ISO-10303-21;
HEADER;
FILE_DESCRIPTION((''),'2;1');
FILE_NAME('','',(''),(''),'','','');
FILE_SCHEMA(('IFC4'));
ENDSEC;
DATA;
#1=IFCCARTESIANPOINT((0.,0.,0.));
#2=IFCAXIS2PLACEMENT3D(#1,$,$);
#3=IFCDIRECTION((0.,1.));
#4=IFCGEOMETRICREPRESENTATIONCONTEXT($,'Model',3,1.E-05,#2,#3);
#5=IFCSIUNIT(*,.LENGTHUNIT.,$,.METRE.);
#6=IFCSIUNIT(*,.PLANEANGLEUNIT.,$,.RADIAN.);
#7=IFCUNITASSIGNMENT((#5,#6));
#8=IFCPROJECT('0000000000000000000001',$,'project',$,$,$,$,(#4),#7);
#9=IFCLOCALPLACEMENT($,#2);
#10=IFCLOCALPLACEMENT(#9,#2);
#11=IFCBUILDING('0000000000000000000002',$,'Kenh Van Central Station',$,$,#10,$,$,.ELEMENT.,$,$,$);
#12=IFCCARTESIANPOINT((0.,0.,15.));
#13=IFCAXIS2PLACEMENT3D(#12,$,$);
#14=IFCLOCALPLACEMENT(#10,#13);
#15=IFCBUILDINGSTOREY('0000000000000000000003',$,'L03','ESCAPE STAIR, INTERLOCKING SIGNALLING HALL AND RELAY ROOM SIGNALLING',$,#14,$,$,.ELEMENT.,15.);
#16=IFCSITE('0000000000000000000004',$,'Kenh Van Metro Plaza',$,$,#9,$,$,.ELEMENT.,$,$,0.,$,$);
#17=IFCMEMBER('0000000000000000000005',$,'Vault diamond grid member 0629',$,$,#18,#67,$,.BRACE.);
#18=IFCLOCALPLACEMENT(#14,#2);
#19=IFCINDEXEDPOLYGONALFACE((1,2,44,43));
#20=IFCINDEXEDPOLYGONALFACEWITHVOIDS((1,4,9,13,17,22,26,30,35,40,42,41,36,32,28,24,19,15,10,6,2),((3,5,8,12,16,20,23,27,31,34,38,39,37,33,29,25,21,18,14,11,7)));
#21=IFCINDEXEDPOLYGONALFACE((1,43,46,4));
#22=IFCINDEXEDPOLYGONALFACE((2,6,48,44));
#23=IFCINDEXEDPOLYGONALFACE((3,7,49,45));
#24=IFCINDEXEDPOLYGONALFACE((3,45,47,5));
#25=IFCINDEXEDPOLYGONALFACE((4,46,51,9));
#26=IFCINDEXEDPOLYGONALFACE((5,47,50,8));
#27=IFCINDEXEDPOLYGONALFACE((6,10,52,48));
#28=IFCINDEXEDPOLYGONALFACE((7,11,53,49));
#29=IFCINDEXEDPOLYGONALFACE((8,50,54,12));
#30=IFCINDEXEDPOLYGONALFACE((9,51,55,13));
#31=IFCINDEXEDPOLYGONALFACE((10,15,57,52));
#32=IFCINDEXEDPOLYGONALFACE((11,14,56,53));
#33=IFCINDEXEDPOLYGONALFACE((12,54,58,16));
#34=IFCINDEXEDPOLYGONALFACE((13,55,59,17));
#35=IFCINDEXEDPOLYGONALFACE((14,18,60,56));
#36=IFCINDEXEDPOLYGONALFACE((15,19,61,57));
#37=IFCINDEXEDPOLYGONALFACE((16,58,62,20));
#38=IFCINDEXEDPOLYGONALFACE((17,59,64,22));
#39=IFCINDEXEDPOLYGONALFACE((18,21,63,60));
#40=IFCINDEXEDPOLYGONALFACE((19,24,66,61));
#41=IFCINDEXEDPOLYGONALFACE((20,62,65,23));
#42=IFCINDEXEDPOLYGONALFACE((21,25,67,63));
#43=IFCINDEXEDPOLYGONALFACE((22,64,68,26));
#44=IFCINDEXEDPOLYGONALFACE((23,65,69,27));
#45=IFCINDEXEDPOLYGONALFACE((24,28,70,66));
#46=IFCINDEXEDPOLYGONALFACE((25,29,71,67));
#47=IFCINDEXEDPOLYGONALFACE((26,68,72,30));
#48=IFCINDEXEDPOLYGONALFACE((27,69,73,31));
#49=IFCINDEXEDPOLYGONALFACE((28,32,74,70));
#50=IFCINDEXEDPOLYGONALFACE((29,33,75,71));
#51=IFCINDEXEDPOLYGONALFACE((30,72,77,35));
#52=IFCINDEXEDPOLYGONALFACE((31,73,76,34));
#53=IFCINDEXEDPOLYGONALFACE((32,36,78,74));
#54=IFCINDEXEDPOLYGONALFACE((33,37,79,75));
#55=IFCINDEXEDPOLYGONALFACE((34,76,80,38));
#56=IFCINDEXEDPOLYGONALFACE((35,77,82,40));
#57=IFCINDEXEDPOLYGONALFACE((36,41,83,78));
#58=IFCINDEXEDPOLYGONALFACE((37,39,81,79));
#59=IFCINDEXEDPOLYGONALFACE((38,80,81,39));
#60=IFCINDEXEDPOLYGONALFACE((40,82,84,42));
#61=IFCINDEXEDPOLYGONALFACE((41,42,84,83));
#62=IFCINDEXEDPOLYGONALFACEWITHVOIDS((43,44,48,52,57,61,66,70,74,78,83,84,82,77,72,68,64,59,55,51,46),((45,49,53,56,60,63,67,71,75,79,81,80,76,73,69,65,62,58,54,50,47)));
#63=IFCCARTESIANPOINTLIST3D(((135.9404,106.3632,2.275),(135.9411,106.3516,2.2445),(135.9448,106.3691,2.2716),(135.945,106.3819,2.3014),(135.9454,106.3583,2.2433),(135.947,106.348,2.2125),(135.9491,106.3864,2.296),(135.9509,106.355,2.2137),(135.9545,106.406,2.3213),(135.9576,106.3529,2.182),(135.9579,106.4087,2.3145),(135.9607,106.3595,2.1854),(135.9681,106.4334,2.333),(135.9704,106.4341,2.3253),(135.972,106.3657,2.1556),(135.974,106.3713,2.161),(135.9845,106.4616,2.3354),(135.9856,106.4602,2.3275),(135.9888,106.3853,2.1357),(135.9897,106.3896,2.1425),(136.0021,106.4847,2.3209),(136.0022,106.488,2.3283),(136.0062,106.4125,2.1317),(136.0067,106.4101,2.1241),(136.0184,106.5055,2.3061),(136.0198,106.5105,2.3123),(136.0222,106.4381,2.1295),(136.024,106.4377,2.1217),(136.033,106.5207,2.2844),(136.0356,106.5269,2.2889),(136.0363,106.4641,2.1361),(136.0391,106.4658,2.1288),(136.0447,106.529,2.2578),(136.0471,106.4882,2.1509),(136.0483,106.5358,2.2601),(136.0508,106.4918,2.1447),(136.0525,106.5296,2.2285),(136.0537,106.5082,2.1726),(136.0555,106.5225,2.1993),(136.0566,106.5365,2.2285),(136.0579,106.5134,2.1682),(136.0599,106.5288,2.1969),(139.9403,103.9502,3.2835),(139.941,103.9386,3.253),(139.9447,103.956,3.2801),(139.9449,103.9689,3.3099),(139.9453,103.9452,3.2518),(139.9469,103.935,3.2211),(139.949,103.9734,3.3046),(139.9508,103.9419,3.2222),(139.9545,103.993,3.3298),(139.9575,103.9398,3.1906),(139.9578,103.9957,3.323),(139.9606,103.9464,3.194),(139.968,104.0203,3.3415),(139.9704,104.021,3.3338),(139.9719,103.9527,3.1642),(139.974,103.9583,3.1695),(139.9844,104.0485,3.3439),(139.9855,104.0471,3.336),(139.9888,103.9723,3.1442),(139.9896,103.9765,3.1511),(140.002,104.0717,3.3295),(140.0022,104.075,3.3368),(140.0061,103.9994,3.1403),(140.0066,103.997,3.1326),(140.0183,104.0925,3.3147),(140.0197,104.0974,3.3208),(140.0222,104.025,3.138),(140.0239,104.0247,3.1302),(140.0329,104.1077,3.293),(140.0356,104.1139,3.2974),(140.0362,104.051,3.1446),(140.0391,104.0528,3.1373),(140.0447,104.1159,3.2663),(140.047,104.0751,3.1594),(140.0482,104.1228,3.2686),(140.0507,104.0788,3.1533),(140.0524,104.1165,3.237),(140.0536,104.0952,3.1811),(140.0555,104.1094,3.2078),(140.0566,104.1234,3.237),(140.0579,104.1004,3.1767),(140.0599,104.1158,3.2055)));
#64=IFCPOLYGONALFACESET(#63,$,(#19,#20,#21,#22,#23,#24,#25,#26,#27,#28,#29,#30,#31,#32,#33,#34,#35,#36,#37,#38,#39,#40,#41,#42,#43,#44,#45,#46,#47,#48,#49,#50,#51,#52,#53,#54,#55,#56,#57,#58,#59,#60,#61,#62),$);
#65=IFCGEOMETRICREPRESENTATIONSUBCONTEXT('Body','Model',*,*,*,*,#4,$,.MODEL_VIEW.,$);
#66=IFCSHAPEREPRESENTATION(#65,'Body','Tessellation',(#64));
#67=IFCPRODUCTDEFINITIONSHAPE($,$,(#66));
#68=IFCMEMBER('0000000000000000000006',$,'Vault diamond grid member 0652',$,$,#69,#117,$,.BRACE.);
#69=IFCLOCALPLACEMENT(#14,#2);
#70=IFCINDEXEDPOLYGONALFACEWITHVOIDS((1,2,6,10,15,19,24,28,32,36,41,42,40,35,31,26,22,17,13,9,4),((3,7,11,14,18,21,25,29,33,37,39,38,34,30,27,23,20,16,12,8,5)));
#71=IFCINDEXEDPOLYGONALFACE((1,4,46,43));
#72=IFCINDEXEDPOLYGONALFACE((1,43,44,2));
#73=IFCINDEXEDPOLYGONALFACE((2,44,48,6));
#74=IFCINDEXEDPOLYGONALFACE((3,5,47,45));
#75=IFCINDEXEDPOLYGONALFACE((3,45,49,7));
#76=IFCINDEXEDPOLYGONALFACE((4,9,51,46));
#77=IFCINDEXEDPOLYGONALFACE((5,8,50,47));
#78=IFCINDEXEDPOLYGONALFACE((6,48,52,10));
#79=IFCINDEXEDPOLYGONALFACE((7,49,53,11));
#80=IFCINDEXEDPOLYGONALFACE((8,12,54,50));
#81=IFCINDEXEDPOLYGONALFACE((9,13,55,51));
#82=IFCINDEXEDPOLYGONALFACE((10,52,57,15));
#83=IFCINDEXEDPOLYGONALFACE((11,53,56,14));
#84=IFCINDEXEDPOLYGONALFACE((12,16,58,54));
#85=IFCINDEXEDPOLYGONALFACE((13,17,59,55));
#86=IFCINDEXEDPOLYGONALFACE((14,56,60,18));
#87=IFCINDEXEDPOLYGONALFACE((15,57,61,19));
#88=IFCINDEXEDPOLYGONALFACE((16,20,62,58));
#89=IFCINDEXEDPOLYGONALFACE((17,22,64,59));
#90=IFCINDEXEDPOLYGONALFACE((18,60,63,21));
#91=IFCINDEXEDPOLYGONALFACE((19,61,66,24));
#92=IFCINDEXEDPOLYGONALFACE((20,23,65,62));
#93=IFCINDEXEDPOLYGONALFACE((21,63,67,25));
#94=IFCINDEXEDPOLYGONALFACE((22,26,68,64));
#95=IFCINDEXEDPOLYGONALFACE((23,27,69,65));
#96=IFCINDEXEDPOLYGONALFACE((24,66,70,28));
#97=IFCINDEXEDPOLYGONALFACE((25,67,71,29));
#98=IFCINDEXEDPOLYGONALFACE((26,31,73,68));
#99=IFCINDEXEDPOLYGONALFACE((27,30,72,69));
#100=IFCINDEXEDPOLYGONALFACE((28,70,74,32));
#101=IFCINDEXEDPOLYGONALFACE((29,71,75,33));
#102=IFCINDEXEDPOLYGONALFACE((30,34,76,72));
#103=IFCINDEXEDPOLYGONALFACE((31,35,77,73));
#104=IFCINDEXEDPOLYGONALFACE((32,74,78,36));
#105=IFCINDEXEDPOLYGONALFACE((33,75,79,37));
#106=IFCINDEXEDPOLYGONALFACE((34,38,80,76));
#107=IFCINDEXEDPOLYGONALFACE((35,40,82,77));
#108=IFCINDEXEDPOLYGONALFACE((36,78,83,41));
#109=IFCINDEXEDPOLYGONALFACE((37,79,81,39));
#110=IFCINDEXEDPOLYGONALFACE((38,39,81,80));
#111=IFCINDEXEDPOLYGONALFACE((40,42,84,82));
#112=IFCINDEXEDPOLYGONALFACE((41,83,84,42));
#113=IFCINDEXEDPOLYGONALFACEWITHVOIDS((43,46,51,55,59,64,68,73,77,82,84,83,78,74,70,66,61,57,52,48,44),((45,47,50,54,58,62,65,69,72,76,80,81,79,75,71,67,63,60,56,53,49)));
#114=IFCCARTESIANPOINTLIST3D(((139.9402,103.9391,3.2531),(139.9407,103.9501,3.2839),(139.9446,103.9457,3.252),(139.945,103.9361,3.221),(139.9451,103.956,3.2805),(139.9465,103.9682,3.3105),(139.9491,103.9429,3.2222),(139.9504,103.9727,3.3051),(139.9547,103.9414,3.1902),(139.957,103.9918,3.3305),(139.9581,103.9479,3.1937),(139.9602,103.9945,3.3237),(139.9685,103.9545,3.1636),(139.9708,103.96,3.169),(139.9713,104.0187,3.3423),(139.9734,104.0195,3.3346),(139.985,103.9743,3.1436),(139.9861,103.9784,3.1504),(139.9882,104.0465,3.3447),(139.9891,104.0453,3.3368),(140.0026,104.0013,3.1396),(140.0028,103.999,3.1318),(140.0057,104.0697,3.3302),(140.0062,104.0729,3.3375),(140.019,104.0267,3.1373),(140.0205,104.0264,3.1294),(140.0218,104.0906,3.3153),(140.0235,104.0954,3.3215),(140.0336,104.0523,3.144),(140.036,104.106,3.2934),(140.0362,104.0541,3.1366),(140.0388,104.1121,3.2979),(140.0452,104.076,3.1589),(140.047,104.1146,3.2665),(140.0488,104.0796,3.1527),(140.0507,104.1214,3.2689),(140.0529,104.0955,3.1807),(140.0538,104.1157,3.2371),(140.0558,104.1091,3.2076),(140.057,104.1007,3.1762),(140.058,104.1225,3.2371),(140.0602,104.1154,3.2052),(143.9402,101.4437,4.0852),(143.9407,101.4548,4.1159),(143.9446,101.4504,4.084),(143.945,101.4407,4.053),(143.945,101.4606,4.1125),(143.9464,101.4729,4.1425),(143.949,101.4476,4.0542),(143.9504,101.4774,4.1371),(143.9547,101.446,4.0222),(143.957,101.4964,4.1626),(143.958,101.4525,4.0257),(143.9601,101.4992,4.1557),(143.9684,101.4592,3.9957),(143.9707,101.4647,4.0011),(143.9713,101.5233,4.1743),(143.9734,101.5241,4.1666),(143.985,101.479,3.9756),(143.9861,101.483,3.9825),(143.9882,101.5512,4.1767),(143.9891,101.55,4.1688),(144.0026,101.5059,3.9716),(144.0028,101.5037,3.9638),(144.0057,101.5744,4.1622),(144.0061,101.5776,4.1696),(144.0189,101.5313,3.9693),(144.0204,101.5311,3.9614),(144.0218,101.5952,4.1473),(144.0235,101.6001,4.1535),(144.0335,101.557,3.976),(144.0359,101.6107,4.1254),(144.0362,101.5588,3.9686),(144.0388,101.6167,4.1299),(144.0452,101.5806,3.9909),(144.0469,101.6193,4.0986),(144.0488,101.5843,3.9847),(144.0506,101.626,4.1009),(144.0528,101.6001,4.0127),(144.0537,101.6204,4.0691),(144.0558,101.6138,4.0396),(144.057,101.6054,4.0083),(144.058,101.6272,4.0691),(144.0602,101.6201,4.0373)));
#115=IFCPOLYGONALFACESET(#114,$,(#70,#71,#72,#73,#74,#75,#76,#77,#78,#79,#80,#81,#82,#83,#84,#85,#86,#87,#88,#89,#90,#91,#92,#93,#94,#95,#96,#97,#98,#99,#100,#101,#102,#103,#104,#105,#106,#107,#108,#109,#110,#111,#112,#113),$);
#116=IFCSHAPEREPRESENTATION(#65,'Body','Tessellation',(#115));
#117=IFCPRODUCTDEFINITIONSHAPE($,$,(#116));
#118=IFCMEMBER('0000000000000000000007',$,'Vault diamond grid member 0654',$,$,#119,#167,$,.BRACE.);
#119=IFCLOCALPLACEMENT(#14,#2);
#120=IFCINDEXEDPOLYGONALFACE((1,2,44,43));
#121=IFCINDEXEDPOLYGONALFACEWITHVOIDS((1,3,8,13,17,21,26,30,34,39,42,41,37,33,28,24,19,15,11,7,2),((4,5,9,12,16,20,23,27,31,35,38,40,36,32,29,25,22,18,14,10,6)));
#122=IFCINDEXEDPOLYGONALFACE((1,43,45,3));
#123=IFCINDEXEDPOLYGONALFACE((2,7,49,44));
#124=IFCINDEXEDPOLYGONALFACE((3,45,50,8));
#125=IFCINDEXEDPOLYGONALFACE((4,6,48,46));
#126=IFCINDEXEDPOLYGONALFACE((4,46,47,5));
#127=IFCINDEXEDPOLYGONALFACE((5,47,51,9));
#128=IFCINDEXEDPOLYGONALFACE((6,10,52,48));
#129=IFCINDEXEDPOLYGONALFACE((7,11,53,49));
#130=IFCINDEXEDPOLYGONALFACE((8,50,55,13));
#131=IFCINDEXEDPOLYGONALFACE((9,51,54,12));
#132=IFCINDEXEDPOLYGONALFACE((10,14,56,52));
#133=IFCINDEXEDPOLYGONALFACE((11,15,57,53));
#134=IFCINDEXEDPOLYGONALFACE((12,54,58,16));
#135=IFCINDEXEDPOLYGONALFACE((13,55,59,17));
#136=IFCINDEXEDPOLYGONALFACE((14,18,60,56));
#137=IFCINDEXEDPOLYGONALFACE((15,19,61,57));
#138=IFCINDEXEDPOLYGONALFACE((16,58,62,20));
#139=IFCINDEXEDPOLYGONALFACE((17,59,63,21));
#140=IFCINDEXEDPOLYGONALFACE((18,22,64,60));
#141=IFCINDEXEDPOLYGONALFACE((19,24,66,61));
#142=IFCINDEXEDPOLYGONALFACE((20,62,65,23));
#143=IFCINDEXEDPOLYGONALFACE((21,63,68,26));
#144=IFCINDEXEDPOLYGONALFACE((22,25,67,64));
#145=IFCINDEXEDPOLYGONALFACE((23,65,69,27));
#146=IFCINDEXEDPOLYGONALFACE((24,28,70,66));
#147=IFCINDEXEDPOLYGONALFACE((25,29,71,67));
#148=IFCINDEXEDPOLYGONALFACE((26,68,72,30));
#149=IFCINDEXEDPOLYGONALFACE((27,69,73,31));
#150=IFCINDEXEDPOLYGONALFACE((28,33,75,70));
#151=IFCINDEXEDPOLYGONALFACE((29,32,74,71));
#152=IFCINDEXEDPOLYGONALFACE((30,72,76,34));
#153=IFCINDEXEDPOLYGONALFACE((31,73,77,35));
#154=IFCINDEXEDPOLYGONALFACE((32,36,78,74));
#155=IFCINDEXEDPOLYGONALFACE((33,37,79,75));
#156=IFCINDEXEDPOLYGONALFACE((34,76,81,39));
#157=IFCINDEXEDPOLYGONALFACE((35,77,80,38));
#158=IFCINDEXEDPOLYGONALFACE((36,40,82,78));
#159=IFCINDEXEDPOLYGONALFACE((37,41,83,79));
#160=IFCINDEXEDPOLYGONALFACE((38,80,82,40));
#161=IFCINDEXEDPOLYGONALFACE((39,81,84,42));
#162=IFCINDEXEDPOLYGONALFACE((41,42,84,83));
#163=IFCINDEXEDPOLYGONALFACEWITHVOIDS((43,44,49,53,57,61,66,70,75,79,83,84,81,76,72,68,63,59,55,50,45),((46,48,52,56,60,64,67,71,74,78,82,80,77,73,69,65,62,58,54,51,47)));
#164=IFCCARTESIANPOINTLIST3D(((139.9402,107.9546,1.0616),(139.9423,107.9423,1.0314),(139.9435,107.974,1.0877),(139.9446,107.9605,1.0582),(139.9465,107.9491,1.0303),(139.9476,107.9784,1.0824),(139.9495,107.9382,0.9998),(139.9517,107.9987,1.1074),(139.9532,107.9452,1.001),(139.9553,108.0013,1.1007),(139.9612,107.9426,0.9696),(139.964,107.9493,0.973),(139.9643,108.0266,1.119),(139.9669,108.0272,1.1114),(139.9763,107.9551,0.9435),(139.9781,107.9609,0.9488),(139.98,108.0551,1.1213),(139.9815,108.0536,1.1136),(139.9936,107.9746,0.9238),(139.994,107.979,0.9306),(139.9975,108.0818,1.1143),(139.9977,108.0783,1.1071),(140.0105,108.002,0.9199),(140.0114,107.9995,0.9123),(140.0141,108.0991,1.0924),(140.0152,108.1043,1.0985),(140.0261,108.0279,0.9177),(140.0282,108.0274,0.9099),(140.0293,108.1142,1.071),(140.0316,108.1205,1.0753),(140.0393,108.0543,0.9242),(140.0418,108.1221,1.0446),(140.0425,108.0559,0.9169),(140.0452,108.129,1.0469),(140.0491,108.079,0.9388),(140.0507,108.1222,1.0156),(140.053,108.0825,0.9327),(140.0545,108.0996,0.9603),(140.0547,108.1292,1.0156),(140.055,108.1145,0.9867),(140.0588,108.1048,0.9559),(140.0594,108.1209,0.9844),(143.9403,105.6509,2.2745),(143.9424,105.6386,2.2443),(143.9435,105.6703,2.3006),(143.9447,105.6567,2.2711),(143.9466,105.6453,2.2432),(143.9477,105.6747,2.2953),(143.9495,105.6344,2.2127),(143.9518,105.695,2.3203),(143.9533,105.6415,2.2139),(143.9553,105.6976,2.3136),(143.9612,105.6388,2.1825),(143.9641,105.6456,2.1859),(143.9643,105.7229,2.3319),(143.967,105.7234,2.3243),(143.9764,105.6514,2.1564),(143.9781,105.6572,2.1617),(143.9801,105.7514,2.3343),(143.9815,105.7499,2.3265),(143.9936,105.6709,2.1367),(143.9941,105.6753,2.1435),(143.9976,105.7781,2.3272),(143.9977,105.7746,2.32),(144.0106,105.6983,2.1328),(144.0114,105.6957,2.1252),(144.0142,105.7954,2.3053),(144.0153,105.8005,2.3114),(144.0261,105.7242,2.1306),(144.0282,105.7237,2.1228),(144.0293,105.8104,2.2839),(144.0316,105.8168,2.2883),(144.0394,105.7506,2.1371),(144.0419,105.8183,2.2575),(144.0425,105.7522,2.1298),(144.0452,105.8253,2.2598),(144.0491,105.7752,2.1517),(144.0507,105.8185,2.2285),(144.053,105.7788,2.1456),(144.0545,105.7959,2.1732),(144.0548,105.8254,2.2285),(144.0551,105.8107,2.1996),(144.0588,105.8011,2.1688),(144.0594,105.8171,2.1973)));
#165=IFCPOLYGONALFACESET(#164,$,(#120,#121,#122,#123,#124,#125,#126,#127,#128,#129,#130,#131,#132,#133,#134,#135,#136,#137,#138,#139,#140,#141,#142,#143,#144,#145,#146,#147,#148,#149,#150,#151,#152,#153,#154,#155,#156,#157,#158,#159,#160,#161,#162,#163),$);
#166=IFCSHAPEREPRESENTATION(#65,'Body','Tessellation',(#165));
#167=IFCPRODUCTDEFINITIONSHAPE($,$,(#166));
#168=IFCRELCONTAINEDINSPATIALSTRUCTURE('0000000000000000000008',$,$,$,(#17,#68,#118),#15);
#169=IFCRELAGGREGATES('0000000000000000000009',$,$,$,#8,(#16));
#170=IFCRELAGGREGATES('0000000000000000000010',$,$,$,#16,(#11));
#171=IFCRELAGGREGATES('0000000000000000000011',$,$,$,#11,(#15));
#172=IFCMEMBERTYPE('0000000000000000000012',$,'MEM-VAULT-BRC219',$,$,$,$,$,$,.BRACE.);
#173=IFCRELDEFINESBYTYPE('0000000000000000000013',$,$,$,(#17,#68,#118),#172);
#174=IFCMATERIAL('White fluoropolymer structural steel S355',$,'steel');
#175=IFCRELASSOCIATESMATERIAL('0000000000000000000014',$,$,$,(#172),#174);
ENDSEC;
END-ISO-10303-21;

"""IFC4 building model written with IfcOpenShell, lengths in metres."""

from ifc_helpers import new_model, si_unit, direction, frame, origin, origin_2d, place, context, subcontext, project, spatial, hollow_circle, extrude, material, material_profile, profile_set, type_object, element, save


model = new_model("IFC4")

# Units and contexts
model_context = context("Model", 3, precision=1e-05, world=origin(), true_north=direction((0.0, 1.0)))
body_context = subcontext(model_context, "Body", "Model", "MODEL_VIEW")
ifc_project = project(units=[si_unit("LENGTHUNIT", "METRE"), si_unit("PLANEANGLEUNIT", "RADIAN")], contexts=[model_context])

# Site, building, storey
site_placement = place(None, origin())
site = spatial("IfcSite", under=ifc_project, at=site_placement, Name="Kenh Van Metro Plaza", CompositionType="ELEMENT", RefElevation=0.0)
building_placement = place(site_placement, origin())
building = spatial("IfcBuilding", under=site, at=building_placement, Name="Kenh Van Central Station", CompositionType="ELEMENT")
storey_placement = place(building_placement, frame((0.0, 0.0, 15.0)))
storey = spatial("IfcBuildingStorey", under=building, at=storey_placement, Name="L03", Description="ESCAPE STAIR, INTERLOCKING SIGNALLING HALL AND RELAY ROOM SIGNALLING", CompositionType="ELEMENT", Elevation=15.0)

# Shared definitions
ifc_material_1 = material(Name="White fluoropolymer structural steel S355", Category="steel")

# Members
ifc_material_profile_1 = material_profile(ifc_material_1, hollow_circle(Radius=0.1096, WallThickness=0.0081, at=origin_2d()), Name="CHS 219.1x8")
ifc_profile_set_1 = profile_set([ifc_material_profile_1], Name="White fluoropolymer structural steel S355")
member_type_1 = type_object("IfcMemberType", Name="MEM-VAULT-BRC219", PredefinedType="BRACE", material=ifc_profile_set_1)
member_1_placement = place(storey_placement, frame((136.0, 106.4426, 2.2285), z_axis=(0.836971, -0.504921, 0.211031), x_axis=(0.516554, 0.856255, 0.0)))
element("IfcMember", 1, at=member_1_placement, inside=storey, type_object=member_type_1, Name="Vault diamond grid member 0629", PredefinedType="BRACE", context=body_context, shape_type="SweptSolid", body=[
    extrude(hollow_circle(Radius=0.1096, WallThickness=0.0081, at=origin_2d()), origin(), (0.0, 0.0, 1.0), 4.7791),
])
member_2_placement = place(storey_placement, frame((140.0, 104.0295, 3.2371), z_axis=(0.835528, -0.521236, 0.173796), x_axis=(0.529291, 0.84844, 0.0)))
element("IfcMember", 2, at=member_2_placement, inside=storey, type_object=member_type_1, Name="Vault diamond grid member 0652", PredefinedType="BRACE", context=body_context, shape_type="SweptSolid", body=[
    extrude(hollow_circle(Radius=0.1096, WallThickness=0.0081, at=origin_2d()), origin(), (0.0, 0.0, 1.0), 4.7874),
])
member_3_placement = place(storey_placement, frame((140.0, 108.0342, 1.0156), z_axis=(0.838109, -0.48269, 0.254134), x_axis=(0.499075, 0.866559, 0.0)))
element("IfcMember", 3, at=member_3_placement, inside=storey, type_object=member_type_1, Name="Vault diamond grid member 0654", PredefinedType="BRACE", context=body_context, shape_type="SweptSolid", body=[
    extrude(hollow_circle(Radius=0.1096, WallThickness=0.0081, at=origin_2d()), origin(), (0.0, 0.0, 1.0), 4.7727),
])

save(model, "model.ifc")
